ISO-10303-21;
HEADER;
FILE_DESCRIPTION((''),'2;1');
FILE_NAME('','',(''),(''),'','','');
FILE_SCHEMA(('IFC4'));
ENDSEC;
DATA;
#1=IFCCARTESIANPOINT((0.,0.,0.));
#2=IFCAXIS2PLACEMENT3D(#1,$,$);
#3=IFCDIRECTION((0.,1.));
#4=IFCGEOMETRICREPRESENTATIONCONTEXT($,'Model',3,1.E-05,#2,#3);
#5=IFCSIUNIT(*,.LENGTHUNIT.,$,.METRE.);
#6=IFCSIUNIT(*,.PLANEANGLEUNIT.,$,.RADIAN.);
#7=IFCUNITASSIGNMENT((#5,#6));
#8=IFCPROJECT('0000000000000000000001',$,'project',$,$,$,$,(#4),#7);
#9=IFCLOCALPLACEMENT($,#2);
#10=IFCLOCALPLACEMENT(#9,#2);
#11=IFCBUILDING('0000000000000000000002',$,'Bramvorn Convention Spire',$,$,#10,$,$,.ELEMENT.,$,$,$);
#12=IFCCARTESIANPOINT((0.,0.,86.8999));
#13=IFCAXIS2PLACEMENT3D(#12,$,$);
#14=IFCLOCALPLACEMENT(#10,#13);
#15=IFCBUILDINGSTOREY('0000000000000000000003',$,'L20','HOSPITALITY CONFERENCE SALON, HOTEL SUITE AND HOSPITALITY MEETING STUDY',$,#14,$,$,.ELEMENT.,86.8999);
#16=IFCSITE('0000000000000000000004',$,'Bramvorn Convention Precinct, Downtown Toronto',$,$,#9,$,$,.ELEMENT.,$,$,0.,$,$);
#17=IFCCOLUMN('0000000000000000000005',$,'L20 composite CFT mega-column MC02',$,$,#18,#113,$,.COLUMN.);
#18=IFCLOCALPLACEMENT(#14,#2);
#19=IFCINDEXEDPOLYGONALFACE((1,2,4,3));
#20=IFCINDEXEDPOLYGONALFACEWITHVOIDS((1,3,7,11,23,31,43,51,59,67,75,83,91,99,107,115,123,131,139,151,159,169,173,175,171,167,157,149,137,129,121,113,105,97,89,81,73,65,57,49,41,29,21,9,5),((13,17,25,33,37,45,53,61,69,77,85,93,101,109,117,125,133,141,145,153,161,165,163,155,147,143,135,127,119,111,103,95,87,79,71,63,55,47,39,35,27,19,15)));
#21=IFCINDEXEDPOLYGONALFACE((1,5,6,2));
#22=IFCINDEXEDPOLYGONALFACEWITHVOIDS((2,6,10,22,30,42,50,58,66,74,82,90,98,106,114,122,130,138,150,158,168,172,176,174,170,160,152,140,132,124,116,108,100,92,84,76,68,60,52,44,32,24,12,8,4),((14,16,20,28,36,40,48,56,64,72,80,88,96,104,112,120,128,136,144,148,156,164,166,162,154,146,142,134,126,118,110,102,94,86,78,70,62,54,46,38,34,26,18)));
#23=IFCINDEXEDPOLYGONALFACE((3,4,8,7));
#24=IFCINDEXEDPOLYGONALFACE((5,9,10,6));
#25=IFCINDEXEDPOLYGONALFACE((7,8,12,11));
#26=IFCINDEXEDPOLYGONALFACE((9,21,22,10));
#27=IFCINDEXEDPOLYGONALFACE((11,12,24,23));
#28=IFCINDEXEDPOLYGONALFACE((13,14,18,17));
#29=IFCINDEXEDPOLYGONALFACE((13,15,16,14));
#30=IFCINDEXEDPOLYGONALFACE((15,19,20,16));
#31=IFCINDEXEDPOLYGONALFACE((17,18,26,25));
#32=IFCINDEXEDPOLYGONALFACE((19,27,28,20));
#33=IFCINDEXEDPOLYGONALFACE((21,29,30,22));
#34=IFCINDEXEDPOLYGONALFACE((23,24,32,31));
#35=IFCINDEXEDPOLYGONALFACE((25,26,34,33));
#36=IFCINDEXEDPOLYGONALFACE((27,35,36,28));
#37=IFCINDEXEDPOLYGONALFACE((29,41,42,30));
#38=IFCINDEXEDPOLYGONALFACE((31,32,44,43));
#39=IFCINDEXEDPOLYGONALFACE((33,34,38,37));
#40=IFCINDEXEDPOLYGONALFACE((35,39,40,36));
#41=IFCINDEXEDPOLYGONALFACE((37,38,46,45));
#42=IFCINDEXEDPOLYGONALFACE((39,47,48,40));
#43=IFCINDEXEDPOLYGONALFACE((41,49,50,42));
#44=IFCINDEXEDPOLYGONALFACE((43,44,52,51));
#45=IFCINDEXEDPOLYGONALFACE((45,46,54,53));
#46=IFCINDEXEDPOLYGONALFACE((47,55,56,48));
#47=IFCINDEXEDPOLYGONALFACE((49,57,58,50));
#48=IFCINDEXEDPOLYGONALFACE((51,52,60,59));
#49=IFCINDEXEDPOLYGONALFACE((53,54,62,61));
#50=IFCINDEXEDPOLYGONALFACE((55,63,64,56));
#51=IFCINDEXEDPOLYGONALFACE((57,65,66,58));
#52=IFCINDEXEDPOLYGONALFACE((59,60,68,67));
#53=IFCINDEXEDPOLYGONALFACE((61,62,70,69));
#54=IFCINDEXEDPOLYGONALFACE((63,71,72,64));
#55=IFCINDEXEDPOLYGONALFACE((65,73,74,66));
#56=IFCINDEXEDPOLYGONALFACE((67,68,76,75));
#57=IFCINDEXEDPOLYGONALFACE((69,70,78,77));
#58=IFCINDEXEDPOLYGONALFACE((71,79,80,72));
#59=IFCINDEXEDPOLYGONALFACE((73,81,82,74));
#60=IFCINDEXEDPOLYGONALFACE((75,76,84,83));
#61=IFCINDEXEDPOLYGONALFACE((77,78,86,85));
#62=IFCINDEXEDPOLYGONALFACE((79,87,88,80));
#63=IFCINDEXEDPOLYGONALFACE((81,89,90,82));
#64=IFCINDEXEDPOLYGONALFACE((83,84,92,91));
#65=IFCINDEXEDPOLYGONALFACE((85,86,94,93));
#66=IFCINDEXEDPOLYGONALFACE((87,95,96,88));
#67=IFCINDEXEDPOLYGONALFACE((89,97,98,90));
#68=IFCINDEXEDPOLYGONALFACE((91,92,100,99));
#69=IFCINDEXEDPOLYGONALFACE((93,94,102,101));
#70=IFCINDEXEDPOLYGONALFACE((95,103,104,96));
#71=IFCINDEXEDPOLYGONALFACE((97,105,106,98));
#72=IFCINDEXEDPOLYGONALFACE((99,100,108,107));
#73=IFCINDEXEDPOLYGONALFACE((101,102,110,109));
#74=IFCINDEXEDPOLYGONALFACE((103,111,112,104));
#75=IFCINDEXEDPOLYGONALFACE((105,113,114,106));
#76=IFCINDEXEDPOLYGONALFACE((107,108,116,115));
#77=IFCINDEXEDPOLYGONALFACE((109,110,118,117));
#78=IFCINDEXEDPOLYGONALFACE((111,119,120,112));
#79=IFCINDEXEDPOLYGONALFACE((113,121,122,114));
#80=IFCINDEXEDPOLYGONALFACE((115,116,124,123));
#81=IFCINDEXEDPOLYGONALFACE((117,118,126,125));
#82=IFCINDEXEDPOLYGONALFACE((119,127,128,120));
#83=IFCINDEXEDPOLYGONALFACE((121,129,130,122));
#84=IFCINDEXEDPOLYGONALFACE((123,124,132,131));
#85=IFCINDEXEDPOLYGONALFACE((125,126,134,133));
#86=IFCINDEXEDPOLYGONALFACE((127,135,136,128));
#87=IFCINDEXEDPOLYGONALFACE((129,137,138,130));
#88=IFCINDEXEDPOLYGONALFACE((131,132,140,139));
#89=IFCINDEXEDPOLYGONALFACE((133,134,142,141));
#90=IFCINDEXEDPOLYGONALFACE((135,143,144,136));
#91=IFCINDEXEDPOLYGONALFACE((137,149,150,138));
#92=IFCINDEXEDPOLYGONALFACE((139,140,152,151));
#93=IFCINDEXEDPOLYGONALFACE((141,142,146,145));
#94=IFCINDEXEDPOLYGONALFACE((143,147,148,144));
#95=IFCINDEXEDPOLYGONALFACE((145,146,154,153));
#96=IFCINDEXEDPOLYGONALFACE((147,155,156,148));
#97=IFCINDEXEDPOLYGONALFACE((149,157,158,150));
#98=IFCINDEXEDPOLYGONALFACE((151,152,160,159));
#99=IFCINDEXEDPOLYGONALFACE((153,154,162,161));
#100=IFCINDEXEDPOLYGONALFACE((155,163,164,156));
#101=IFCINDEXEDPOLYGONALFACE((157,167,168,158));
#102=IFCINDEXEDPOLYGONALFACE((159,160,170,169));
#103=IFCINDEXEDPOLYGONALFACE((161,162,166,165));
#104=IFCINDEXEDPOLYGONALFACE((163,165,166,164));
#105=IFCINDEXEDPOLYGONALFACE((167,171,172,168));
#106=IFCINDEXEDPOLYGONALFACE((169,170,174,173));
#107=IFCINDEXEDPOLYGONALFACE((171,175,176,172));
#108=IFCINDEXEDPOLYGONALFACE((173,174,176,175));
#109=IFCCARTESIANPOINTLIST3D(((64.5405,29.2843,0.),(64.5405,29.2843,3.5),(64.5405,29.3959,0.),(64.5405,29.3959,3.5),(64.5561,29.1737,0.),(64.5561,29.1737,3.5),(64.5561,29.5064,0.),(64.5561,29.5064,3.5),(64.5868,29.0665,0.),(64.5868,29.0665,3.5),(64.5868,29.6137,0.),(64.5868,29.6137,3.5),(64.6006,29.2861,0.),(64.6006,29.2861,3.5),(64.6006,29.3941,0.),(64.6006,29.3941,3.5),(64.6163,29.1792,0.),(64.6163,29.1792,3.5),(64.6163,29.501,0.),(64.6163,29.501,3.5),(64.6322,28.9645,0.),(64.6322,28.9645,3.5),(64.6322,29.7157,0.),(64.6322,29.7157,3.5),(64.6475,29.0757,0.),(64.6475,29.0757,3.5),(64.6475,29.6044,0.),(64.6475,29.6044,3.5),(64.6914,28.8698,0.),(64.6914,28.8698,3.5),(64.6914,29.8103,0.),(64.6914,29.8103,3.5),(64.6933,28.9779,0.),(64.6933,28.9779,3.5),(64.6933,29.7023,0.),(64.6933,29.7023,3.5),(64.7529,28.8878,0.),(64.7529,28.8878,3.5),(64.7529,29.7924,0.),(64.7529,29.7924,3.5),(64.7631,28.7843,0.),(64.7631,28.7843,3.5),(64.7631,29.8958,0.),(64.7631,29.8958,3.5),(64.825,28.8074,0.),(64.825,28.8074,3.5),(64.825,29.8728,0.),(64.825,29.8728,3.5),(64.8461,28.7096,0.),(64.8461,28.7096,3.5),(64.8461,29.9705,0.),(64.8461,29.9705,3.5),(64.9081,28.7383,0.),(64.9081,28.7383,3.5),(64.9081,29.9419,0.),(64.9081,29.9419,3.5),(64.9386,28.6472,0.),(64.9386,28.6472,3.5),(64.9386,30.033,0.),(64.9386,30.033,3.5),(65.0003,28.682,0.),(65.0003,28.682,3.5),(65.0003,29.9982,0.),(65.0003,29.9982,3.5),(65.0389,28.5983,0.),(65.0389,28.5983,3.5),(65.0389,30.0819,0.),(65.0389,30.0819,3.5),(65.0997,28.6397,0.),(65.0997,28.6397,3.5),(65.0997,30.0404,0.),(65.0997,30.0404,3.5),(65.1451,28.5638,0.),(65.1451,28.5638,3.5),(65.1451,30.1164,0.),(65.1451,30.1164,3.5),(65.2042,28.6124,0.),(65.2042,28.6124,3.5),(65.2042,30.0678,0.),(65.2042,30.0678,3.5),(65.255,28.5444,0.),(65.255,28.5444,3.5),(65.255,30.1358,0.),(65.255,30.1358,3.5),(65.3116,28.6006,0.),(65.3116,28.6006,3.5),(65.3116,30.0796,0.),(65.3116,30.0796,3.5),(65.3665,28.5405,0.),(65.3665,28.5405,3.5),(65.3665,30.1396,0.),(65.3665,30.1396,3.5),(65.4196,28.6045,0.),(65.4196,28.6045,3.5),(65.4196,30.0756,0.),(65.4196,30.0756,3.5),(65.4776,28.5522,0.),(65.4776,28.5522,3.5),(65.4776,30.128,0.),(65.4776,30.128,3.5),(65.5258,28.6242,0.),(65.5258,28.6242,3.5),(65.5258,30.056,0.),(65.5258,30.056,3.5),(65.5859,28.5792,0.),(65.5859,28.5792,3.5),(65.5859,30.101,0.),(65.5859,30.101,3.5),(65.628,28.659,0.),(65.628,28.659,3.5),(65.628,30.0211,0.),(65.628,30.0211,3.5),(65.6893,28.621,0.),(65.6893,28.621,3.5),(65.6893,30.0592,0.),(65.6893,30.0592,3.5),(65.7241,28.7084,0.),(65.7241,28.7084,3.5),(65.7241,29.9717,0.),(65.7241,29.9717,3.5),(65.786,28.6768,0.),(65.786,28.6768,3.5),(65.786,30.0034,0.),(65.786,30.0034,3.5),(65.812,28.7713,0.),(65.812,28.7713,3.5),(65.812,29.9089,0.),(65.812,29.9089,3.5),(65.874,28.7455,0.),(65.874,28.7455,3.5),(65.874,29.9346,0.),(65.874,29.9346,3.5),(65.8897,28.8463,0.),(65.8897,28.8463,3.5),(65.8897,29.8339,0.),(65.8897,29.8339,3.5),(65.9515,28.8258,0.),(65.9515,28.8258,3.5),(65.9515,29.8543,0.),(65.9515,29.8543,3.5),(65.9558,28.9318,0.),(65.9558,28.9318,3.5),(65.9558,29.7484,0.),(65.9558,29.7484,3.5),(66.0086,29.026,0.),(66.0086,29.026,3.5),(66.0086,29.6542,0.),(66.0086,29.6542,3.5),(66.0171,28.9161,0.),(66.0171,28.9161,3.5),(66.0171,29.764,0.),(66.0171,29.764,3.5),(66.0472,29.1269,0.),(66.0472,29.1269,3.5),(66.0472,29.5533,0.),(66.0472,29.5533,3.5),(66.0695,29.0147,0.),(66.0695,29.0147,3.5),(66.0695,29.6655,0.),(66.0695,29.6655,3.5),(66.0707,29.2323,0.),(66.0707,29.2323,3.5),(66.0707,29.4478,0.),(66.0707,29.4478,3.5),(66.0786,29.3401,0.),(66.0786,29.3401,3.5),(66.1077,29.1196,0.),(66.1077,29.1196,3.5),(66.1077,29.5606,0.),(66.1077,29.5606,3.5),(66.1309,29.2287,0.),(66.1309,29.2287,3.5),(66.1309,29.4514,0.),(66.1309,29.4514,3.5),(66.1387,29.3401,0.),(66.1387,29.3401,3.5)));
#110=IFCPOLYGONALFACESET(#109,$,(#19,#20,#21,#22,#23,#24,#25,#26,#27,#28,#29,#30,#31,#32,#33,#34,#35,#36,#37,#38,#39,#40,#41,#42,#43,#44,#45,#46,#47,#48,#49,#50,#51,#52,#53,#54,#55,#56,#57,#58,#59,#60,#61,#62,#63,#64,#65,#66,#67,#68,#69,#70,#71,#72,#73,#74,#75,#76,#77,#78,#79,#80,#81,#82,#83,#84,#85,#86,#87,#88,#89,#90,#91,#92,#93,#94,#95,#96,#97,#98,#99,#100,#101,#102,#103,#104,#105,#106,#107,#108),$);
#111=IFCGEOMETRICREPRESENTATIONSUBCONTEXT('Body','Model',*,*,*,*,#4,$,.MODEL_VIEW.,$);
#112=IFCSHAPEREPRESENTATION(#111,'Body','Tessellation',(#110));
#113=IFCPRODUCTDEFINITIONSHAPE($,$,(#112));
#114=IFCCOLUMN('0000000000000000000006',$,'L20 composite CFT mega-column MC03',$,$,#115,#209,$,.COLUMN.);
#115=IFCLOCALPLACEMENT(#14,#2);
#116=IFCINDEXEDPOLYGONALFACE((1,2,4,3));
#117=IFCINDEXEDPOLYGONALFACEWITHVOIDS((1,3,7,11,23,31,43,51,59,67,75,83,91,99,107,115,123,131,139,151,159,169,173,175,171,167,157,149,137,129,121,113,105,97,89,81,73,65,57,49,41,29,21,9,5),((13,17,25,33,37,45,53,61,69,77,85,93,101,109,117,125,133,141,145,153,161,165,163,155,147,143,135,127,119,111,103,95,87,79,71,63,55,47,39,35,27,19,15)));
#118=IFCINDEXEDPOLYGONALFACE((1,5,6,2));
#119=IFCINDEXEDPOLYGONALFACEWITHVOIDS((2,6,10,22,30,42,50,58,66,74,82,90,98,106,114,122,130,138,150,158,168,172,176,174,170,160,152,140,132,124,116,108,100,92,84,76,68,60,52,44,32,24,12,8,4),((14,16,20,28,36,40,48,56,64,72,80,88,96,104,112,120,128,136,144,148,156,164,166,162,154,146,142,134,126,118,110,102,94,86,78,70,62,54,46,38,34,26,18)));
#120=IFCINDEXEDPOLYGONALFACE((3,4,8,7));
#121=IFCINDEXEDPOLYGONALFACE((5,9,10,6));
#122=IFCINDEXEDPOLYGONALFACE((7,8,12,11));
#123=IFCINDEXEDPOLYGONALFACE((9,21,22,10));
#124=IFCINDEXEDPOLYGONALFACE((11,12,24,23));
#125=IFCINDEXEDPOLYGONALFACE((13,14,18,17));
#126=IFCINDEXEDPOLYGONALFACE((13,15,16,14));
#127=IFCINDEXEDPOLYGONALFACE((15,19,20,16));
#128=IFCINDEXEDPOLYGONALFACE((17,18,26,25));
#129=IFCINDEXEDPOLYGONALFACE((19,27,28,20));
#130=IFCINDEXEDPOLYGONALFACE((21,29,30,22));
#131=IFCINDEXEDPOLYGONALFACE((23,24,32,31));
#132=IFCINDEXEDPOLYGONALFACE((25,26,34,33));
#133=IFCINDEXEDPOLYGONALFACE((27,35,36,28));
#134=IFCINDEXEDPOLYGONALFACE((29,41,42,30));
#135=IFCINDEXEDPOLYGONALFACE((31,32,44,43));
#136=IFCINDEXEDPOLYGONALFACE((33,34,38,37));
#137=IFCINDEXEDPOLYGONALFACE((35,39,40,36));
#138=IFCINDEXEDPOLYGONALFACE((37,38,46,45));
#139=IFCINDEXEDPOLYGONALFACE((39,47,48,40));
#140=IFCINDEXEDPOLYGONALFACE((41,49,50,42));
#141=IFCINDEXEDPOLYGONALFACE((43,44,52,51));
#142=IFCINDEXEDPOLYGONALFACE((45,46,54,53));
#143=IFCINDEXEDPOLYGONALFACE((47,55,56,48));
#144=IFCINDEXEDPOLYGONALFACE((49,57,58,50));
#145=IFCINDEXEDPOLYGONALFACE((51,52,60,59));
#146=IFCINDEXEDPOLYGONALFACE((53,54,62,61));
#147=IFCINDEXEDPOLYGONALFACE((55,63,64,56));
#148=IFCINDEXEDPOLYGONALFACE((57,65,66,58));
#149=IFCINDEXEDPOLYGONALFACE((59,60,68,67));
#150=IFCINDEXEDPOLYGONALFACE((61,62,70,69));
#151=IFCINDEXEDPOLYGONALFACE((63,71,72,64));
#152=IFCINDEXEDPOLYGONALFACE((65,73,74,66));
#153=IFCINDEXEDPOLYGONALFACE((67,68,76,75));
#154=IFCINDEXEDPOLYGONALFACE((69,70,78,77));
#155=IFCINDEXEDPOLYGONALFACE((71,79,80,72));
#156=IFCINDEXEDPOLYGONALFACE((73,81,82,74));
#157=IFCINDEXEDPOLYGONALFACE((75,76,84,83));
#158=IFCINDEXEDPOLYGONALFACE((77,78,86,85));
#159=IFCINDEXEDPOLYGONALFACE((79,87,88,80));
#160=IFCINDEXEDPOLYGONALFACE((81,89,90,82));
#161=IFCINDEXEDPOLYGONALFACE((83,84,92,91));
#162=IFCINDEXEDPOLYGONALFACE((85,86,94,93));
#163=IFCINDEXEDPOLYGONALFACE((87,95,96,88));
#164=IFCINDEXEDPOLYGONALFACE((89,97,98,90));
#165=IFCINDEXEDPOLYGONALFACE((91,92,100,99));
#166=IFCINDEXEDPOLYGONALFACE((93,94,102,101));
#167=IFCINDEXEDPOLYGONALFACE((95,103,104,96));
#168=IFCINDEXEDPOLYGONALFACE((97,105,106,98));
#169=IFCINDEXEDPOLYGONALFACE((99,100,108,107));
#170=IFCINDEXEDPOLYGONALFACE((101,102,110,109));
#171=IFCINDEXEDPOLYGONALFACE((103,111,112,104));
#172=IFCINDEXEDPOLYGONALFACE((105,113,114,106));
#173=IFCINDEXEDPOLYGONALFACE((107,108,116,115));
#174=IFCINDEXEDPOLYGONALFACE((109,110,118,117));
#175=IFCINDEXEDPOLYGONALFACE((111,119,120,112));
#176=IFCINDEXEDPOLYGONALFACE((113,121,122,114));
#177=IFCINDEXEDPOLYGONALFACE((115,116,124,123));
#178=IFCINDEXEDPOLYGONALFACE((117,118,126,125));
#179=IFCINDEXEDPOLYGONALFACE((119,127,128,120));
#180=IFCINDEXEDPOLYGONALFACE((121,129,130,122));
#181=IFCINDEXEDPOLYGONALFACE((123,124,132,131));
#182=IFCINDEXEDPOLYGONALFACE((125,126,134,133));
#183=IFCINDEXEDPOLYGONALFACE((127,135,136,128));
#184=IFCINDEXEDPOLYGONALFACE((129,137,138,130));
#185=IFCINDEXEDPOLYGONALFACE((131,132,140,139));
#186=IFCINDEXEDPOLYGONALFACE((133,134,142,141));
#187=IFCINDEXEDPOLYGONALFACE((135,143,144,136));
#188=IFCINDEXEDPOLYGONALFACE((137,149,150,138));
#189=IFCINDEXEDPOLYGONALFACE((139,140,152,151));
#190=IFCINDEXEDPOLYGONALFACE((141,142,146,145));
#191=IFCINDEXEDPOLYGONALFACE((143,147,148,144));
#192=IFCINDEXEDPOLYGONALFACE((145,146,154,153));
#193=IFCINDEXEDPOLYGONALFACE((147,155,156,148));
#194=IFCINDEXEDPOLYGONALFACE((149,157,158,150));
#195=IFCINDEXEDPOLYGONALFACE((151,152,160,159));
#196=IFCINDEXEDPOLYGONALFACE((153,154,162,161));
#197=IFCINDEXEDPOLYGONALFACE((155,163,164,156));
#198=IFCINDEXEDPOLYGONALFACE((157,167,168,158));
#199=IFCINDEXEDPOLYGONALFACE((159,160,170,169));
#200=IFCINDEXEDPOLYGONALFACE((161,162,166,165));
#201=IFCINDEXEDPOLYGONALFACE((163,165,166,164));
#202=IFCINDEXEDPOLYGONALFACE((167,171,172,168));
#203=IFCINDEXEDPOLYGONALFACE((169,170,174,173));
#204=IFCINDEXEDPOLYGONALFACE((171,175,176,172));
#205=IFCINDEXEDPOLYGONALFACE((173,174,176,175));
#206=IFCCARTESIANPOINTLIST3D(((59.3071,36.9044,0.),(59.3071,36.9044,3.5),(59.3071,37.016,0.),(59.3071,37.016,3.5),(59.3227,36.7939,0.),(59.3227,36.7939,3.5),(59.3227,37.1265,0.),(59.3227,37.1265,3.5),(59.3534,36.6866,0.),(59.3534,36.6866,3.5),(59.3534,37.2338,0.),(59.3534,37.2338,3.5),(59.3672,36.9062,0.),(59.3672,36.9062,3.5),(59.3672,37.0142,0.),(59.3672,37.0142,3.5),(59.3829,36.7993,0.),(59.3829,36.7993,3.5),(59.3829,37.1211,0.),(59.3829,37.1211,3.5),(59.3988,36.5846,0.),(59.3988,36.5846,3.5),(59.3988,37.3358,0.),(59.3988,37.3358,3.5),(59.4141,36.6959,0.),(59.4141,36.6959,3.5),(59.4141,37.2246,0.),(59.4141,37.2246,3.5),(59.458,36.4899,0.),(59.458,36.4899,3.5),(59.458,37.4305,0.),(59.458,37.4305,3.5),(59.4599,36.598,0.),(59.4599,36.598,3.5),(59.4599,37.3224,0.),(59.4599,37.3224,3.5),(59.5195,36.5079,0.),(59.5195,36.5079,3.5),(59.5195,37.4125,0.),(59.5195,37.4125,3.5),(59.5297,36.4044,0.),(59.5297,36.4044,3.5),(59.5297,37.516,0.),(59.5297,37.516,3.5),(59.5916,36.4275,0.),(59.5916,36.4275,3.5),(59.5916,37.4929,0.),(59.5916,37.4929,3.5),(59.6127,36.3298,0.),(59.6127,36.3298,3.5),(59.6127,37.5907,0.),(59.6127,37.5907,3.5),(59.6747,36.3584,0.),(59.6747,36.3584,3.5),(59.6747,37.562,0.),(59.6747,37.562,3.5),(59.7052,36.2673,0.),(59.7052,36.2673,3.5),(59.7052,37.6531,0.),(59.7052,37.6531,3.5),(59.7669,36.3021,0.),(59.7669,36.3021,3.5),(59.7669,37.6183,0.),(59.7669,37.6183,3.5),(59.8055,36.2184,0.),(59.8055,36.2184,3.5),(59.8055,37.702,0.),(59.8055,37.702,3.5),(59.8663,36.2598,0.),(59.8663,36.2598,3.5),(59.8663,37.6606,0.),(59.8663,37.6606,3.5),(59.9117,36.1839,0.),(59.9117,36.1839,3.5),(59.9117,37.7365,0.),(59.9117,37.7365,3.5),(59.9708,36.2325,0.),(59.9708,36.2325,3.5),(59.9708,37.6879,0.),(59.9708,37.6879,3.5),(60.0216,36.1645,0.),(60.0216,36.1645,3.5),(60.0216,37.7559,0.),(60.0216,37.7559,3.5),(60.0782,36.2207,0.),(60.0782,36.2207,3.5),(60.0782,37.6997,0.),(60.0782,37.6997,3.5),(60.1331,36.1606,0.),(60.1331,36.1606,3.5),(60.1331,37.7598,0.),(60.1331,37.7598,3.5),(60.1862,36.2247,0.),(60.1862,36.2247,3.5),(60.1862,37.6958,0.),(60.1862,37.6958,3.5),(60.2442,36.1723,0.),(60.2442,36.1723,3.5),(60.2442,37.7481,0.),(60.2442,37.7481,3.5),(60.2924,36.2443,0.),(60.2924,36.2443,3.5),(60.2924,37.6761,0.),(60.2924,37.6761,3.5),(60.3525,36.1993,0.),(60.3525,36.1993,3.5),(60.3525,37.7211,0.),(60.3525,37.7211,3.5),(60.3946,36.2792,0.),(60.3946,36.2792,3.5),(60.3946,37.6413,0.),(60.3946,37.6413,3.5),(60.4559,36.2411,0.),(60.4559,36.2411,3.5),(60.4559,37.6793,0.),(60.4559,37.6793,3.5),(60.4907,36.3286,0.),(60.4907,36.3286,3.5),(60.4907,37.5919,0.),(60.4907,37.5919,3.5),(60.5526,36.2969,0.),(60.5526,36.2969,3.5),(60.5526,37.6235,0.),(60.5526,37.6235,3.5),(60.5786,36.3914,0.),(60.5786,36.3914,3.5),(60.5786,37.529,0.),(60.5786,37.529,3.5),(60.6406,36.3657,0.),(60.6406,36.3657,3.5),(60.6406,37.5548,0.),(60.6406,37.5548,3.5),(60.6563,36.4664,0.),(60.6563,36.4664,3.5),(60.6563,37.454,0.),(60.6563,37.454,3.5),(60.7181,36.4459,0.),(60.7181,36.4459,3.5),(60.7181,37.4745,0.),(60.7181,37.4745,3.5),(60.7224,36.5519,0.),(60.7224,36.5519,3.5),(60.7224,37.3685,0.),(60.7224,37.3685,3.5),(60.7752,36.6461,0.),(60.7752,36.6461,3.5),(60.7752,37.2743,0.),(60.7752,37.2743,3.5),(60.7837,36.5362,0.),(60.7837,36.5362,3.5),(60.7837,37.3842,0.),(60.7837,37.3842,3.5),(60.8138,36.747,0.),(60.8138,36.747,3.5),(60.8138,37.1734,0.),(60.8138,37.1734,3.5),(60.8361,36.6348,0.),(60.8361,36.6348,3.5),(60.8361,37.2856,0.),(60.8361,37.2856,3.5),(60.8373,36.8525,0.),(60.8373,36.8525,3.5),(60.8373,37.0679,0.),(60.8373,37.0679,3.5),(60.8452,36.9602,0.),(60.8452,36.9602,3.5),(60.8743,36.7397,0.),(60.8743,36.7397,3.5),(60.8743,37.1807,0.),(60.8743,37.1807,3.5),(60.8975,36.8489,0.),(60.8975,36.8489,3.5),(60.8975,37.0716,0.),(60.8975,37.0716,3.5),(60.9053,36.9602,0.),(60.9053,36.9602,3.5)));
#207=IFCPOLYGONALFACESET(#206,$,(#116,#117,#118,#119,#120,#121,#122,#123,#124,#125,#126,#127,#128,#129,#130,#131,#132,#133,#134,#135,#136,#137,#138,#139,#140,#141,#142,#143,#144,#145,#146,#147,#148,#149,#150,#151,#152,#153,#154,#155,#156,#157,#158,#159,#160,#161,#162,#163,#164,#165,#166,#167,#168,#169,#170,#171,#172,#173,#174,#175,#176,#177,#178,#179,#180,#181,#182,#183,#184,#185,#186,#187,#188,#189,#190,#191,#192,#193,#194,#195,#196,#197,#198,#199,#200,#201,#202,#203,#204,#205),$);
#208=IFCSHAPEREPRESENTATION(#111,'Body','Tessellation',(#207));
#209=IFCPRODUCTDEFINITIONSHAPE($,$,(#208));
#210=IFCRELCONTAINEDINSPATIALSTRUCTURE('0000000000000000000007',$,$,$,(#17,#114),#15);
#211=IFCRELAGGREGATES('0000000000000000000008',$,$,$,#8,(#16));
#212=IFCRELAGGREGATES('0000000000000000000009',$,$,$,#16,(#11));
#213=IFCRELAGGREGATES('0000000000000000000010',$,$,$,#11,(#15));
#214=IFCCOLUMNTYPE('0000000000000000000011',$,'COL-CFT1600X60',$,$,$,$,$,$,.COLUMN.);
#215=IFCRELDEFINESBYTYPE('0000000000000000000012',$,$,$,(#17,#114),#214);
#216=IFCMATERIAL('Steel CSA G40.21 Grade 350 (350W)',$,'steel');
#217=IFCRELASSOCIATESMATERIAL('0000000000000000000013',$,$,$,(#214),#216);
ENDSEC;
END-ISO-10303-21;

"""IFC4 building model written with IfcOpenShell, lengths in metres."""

from ifc_helpers import new_model, si_unit, direction, frame, origin, origin_2d, place, context, subcontext, project, spatial, hollow_circle, extrude, material, material_profile, profile_set, type_object, element, save


model = new_model("IFC4")

# Units and contexts
model_context = context("Model", 3, precision=1e-05, world=origin(), true_north=direction((0.0, 1.0)))
body_context = subcontext(model_context, "Body", "Model", "MODEL_VIEW")
ifc_project = project(units=[si_unit("LENGTHUNIT", "METRE"), si_unit("PLANEANGLEUNIT", "RADIAN")], contexts=[model_context])

# Site, building, storey
site_placement = place(None, origin())
site = spatial("IfcSite", under=ifc_project, at=site_placement, Name="Bramvorn Convention Precinct, Downtown Toronto", CompositionType="ELEMENT", RefElevation=0.0)
building_placement = place(site_placement, origin())
building = spatial("IfcBuilding", under=site, at=building_placement, Name="Bramvorn Convention Spire", CompositionType="ELEMENT")
storey_placement = place(building_placement, frame((0.0, 0.0, 86.8999)))
storey = spatial("IfcBuildingStorey", under=building, at=storey_placement, Name="L20", Description="HOSPITALITY CONFERENCE SALON, HOTEL SUITE AND HOSPITALITY MEETING STUDY", CompositionType="ELEMENT", Elevation=86.8999)

# Columns
ifc_material_1 = material(Name="Steel CSA G40.21 Grade 350 (350W)", Category="steel")
ifc_material_profile_1 = material_profile(ifc_material_1, hollow_circle(Radius=0.8, WallThickness=0.0601, at=origin_2d()))
ifc_profile_set_1 = profile_set([ifc_material_profile_1], Name="Steel CSA G40.21 Grade 350 (350W) - CFT1600X60")
column_type = type_object("IfcColumnType", Name="COL-CFT1600X60", PredefinedType="COLUMN", material=ifc_profile_set_1)
for number, where, z_axis, x_axis, name in (
    (1, (65.3386, 29.3401, 0.0), (0.0, 0.0, 1.0), (1.0, 0.0, 0.0), "L20 composite CFT mega-column MC02"),
    (2, (60.1052, 36.9602, 0.0), (0.0, 0.0, 1.0), (1.0, 0.0, 0.0), "L20 composite CFT mega-column MC03"),
):
    element("IfcColumn", number, at=place(storey_placement, frame(where, z_axis=z_axis, x_axis=x_axis)), inside=storey, type_object=column_type, Name=name, PredefinedType="COLUMN", context=body_context, shape_type="SweptSolid", body=[
        extrude(hollow_circle(Radius=0.8, WallThickness=0.0601, at=origin_2d()), origin(), (0.0, 0.0, 1.0), 3.5),
    ])

save(model, "model.ifc")
